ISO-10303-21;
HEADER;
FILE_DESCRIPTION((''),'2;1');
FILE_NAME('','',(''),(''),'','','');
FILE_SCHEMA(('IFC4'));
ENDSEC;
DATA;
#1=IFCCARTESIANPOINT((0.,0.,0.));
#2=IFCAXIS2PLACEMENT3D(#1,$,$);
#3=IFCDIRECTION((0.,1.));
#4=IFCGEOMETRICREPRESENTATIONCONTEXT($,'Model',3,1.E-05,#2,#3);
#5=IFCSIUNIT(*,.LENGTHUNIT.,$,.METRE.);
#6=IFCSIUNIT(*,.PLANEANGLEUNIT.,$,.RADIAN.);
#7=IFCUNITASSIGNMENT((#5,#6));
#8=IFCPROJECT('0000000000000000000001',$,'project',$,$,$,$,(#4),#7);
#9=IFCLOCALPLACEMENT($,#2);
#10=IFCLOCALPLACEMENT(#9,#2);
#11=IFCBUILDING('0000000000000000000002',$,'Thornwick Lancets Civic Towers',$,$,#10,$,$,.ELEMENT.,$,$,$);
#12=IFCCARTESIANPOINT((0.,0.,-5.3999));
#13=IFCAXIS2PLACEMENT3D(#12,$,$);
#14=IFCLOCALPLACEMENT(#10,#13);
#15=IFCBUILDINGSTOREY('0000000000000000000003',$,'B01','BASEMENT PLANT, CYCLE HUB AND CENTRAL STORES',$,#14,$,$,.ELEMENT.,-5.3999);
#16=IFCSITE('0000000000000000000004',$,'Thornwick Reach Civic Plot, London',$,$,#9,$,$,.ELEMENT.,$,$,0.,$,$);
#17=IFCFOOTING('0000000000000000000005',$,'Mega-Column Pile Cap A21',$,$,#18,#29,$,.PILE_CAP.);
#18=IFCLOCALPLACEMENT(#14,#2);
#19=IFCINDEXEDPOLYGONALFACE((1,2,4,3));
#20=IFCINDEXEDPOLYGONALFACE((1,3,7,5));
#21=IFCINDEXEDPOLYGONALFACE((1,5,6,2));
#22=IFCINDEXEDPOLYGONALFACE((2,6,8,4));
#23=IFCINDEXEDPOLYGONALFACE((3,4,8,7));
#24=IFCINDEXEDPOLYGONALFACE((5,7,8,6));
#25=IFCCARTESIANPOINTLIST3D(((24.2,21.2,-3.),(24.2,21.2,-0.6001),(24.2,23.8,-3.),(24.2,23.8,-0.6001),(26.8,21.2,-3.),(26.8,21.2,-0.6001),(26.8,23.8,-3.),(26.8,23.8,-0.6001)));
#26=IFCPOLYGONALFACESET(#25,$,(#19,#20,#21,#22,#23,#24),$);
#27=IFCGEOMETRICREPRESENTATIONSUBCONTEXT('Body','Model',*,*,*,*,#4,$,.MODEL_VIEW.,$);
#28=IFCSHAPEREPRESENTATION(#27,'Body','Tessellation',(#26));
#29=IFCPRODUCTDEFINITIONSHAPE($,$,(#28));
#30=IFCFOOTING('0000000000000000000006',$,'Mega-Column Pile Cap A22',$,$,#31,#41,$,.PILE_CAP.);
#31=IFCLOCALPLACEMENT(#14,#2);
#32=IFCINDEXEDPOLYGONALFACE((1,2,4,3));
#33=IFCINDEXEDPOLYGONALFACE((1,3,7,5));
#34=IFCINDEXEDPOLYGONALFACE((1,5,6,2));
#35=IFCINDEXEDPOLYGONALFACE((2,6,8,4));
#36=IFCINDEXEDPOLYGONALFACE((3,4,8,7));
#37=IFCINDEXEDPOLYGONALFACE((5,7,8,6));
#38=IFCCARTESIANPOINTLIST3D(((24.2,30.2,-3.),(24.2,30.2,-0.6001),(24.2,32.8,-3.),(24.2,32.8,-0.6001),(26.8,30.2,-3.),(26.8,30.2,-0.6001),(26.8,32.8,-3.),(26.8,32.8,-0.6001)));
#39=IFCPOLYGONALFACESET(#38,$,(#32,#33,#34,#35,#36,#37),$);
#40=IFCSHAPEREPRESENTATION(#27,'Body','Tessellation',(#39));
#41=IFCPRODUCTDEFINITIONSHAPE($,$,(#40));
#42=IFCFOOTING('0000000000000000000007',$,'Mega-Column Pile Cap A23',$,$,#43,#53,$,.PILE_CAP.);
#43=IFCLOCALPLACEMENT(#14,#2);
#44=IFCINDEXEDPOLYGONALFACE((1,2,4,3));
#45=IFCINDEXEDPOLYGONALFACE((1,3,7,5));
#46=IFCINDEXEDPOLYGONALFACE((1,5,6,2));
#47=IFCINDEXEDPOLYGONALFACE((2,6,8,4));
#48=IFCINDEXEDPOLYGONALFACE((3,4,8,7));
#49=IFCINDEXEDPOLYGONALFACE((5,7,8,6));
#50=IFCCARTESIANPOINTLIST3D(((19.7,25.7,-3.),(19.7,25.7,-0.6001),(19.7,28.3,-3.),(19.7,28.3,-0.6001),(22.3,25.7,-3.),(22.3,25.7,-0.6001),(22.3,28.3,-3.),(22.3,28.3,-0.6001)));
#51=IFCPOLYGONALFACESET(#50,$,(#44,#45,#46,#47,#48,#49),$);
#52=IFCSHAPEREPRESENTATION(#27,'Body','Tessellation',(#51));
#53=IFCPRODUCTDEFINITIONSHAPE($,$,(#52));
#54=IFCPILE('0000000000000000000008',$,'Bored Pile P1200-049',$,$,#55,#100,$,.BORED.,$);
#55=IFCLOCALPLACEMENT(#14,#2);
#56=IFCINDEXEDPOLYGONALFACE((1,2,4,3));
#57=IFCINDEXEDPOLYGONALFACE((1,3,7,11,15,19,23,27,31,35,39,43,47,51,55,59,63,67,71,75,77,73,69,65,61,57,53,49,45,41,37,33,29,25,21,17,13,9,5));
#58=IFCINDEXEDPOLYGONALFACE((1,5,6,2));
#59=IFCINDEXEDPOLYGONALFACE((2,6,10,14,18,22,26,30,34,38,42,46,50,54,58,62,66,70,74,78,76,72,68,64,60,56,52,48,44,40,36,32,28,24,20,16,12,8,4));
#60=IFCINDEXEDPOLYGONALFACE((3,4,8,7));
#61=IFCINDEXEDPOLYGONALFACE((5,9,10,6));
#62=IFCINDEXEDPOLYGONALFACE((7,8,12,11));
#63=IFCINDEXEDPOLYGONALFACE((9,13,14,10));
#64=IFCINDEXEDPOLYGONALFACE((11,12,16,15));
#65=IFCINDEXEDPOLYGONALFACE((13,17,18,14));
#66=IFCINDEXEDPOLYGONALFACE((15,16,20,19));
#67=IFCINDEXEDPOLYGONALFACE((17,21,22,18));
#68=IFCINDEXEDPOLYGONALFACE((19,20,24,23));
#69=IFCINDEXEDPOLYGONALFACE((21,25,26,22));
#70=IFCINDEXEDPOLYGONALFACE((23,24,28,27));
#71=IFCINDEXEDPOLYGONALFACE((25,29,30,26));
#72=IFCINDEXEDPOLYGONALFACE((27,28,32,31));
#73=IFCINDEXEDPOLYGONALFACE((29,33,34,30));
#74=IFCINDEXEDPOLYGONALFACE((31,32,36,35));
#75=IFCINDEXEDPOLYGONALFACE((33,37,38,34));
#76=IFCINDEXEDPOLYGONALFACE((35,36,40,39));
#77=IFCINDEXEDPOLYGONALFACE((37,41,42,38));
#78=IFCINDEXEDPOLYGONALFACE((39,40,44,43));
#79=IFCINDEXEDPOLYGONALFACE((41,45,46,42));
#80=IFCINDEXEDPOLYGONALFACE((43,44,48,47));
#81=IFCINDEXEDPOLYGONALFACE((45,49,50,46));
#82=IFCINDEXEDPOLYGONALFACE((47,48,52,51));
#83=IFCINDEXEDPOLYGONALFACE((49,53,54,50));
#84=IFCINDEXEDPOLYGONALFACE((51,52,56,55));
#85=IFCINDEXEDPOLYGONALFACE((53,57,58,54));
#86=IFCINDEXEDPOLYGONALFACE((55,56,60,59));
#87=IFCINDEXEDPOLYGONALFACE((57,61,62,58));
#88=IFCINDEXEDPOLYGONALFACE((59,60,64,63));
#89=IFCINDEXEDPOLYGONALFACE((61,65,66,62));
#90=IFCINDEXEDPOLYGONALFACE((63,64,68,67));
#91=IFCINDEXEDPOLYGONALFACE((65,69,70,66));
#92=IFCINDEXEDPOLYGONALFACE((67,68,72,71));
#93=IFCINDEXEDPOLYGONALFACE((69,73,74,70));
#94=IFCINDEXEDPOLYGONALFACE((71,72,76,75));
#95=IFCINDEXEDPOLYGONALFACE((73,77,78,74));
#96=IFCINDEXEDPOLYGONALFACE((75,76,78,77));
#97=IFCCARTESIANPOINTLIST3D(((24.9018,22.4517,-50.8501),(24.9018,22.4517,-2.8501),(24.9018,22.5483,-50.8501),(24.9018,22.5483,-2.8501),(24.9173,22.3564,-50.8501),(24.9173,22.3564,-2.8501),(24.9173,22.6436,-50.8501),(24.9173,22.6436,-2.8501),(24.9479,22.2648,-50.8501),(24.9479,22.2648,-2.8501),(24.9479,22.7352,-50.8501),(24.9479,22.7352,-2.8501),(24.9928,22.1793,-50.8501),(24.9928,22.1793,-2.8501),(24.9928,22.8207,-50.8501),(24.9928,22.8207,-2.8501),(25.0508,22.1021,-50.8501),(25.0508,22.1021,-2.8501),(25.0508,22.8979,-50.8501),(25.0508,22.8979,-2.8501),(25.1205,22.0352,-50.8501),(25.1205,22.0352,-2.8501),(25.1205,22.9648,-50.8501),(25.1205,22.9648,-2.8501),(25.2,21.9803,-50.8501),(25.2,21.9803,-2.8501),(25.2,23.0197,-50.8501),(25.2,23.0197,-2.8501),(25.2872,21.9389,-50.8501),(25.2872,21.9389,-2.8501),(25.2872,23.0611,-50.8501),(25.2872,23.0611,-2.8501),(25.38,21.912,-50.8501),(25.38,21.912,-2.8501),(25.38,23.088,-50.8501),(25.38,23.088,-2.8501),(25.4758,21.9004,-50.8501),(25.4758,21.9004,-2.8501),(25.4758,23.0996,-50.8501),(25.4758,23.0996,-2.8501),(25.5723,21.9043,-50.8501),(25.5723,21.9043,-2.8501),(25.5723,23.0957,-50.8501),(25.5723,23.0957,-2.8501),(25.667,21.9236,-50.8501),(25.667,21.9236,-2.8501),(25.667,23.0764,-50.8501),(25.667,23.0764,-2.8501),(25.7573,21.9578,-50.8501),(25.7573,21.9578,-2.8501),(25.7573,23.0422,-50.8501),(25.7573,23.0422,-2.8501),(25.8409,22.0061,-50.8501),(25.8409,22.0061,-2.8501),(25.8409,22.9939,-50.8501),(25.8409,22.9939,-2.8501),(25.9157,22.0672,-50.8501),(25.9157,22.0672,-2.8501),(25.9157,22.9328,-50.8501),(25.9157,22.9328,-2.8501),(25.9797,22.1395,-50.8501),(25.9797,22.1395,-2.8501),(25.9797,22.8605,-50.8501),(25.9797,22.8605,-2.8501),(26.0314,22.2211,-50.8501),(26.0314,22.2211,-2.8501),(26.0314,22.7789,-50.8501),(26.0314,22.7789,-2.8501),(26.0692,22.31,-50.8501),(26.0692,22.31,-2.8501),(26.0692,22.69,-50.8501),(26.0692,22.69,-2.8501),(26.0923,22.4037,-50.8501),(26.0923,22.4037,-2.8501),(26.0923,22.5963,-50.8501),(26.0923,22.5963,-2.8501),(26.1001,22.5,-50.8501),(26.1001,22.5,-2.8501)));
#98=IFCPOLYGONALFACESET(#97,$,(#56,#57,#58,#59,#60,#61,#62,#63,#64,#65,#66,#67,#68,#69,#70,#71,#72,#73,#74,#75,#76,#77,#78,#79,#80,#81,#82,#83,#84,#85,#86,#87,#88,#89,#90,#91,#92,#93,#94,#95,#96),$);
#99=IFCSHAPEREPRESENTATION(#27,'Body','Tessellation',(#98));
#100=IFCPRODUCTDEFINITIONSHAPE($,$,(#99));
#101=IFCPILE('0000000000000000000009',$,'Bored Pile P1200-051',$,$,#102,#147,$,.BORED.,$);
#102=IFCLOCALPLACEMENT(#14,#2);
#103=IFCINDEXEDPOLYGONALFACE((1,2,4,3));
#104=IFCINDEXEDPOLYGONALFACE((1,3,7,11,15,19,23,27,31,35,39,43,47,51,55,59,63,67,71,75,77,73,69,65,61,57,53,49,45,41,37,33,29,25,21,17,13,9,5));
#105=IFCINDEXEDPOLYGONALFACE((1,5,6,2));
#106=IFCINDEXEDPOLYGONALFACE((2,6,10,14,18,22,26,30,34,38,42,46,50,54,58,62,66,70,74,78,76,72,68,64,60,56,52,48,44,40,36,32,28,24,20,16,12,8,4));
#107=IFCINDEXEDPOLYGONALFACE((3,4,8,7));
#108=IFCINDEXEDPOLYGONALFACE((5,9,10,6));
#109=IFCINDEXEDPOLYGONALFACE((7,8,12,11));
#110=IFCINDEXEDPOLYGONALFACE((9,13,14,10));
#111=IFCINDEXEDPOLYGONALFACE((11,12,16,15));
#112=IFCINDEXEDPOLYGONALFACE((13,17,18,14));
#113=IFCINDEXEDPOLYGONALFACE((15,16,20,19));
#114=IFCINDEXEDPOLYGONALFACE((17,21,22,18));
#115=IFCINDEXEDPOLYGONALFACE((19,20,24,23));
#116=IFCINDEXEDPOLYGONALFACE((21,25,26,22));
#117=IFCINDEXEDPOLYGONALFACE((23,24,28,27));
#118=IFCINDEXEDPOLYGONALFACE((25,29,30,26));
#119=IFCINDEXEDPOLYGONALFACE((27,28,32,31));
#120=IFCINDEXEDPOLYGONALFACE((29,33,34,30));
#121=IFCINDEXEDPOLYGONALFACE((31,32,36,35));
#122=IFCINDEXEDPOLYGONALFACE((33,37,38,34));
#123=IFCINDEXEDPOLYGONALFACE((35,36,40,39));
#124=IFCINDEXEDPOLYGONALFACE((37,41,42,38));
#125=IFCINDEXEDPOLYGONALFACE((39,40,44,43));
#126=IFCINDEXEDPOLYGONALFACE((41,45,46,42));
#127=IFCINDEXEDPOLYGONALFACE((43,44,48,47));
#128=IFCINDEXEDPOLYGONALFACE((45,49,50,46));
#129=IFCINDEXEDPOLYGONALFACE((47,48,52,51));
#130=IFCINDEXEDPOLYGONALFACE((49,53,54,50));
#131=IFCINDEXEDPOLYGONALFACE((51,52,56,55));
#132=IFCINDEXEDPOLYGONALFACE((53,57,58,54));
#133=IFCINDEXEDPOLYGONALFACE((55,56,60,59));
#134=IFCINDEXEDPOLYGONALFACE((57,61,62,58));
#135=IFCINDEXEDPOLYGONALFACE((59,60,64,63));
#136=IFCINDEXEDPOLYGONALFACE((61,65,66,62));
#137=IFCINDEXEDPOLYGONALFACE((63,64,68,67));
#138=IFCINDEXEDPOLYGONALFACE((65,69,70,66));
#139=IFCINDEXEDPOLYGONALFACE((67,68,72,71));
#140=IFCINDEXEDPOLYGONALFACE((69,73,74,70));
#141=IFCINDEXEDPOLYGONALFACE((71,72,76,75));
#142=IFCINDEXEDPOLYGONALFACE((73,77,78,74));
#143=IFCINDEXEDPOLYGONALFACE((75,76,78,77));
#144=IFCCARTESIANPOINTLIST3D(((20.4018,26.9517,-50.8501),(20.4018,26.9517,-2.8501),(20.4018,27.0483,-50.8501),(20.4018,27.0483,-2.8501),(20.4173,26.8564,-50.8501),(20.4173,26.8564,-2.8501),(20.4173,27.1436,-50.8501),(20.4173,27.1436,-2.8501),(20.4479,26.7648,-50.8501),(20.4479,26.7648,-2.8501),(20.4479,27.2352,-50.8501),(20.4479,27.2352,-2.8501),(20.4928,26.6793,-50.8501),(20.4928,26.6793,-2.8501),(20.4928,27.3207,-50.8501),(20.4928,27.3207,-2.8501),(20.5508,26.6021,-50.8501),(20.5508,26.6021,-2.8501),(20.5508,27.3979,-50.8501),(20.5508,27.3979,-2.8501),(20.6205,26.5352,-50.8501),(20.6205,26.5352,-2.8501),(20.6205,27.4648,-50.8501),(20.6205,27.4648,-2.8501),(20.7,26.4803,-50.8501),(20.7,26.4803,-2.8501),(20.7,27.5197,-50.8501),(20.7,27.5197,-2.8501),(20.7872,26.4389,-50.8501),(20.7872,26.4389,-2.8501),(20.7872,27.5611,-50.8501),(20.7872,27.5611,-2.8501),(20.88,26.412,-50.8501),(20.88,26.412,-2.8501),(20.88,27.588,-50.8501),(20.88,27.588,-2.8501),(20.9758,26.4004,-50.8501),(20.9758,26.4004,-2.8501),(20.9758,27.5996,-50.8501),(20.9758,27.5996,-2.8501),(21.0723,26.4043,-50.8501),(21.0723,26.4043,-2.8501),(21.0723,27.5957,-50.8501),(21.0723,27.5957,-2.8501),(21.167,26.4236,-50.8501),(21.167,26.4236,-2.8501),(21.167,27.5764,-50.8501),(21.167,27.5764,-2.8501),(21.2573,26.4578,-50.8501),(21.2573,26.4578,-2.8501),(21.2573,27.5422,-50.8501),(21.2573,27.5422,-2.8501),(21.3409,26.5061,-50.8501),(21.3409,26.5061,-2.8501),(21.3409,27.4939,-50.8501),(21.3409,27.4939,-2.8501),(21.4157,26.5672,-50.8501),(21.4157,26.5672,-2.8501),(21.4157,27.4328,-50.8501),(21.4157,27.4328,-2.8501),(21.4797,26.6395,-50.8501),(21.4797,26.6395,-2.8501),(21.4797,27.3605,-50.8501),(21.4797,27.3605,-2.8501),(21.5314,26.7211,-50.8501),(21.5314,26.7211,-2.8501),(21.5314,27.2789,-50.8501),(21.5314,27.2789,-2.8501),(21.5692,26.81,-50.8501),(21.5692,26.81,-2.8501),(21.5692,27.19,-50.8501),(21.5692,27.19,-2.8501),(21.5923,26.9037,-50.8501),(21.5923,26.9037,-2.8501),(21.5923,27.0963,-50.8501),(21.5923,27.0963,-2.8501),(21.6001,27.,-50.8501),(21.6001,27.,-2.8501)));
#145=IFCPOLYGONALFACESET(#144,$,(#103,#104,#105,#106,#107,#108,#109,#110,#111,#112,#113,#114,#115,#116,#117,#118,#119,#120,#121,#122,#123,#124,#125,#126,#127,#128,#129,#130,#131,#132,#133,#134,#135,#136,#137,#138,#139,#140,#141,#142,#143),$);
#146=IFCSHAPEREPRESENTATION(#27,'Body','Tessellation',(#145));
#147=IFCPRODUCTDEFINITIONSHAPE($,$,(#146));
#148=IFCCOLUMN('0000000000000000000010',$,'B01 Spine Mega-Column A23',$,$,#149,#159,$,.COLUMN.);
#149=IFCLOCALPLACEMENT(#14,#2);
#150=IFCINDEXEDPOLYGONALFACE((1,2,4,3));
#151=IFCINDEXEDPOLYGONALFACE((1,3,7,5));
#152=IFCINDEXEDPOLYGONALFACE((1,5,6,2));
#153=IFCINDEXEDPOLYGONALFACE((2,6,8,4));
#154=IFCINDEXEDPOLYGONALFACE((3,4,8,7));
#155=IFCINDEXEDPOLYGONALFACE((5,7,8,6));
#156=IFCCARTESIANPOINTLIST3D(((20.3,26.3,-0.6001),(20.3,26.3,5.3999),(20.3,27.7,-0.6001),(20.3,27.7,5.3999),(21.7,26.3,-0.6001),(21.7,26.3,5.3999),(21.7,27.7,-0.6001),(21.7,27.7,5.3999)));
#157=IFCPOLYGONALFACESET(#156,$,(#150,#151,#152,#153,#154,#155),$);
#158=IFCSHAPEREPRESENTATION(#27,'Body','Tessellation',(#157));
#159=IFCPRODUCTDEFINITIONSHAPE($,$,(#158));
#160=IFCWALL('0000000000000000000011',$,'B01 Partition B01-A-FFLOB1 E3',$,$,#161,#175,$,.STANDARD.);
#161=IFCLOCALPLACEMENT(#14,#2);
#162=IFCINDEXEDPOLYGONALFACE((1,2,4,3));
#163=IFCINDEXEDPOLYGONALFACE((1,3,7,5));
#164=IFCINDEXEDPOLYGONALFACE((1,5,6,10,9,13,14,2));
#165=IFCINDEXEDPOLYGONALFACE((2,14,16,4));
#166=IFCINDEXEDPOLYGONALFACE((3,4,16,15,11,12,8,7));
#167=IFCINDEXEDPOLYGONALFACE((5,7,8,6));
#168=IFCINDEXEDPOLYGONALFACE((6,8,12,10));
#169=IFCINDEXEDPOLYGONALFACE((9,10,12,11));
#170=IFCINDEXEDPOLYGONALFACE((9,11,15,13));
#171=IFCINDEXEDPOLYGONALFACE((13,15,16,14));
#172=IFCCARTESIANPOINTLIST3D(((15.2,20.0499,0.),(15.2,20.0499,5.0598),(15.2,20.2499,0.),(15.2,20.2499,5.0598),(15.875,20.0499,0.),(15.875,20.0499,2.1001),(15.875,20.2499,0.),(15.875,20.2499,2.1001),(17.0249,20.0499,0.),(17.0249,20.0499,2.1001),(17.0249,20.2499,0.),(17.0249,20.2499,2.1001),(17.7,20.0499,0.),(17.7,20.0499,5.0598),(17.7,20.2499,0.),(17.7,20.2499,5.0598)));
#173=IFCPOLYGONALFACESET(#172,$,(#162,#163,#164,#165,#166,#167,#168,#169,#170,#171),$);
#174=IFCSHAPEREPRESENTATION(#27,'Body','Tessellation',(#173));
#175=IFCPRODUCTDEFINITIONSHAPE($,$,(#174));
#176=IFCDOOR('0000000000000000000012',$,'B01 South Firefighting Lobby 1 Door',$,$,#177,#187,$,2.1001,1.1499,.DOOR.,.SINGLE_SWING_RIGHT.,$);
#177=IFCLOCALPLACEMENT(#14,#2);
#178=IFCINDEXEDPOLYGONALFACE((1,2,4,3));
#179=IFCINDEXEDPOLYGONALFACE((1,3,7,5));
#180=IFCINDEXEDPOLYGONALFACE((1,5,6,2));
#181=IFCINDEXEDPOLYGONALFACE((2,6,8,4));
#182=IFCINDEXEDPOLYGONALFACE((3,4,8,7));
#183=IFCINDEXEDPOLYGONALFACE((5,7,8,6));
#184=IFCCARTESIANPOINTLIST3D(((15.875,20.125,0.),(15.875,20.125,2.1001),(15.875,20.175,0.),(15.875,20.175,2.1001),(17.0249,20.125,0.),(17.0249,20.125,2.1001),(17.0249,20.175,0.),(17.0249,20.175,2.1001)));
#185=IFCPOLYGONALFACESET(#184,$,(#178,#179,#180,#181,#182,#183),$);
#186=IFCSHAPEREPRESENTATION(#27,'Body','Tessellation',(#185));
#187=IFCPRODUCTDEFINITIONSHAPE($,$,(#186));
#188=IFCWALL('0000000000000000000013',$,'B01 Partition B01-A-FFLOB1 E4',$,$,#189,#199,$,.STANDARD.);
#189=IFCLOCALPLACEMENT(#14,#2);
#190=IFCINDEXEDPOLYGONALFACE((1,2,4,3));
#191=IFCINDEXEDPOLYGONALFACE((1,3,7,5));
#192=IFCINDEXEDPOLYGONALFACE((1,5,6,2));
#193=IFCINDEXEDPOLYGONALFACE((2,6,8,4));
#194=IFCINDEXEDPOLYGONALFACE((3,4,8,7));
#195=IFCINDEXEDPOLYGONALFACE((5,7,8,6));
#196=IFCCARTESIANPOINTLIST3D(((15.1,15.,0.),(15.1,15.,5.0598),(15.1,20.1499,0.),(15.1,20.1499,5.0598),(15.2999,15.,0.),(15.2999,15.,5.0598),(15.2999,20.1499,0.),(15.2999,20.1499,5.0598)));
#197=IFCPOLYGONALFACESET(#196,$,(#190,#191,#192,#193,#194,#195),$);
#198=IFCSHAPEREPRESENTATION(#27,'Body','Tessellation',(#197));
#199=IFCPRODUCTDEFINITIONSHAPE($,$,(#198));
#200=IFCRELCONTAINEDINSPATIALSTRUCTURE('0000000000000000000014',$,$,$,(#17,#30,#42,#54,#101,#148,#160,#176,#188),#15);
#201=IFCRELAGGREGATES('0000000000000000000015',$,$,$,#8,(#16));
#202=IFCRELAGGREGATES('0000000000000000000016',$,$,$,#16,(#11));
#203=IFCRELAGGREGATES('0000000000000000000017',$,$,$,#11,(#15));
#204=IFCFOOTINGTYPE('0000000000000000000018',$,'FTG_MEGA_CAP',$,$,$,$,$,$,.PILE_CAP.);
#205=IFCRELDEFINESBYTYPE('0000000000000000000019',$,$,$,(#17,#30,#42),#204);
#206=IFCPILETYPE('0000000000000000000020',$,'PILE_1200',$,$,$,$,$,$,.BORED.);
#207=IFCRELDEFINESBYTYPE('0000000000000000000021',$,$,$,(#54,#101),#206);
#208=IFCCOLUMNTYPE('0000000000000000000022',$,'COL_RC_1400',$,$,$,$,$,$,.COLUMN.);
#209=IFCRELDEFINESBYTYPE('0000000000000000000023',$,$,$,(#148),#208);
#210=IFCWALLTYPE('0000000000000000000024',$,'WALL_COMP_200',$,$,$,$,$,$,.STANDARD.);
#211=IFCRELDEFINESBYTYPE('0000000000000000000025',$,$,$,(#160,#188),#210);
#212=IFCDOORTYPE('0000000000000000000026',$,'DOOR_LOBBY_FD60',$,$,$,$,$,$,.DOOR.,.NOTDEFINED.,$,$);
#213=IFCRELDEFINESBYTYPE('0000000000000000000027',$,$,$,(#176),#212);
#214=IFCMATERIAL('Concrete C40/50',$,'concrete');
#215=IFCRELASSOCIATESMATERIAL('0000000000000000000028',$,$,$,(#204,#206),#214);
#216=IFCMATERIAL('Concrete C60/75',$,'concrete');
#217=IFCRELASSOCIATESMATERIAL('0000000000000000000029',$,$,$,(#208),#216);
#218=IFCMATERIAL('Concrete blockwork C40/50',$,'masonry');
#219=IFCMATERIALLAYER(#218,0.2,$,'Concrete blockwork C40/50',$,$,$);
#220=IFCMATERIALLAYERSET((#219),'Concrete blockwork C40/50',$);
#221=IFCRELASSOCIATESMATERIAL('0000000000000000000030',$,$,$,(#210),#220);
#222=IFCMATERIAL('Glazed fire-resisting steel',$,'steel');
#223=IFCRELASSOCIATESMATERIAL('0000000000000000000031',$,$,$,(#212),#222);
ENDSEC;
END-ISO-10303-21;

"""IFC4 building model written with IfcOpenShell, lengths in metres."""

from ifc_helpers import new_model, si_unit, direction, frame, frame_2d, origin, origin_2d, place, context, subcontext, project, spatial, rectangle, circle, extrude, material, layer, layer_set, material_profile, profile_set, type_object, element, fill, save


model = new_model("IFC4")

# Units and contexts
model_context = context("Model", 3, precision=1e-05, world=origin(), true_north=direction((0.0, 1.0)))
body_context = subcontext(model_context, "Body", "Model", "MODEL_VIEW")
ifc_project = project(units=[si_unit("LENGTHUNIT", "METRE"), si_unit("PLANEANGLEUNIT", "RADIAN")], contexts=[model_context])

# Site, building, storey
site_placement = place(None, origin())
site = spatial("IfcSite", under=ifc_project, at=site_placement, Name="Thornwick Reach Civic Plot, London", CompositionType="ELEMENT", RefElevation=0.0)
building_placement = place(site_placement, origin())
building = spatial("IfcBuilding", under=site, at=building_placement, Name="Thornwick Lancets Civic Towers", CompositionType="ELEMENT")
storey_placement = place(building_placement, frame((0.0, 0.0, -5.3999)))
storey = spatial("IfcBuildingStorey", under=building, at=storey_placement, Name="B01", Description="BASEMENT PLANT, CYCLE HUB AND CENTRAL STORES", CompositionType="ELEMENT", Elevation=-5.3999)

# Footings
ifc_material_1 = material(Name="Concrete C40/50", Category="concrete")
footing_type = type_object("IfcFootingType", Name="FTG_MEGA_CAP", PredefinedType="PILE_CAP", material=ifc_material_1)
for number, where, z_axis, x_axis, name in (
    (1, (25.5, 22.5, -3.0), (0.0, 0.0, 1.0), (1.0, 0.0, 0.0), "Mega-Column Pile Cap A21"),
    (2, (25.5, 31.5, -3.0), (0.0, 0.0, 1.0), (1.0, 0.0, 0.0), "Mega-Column Pile Cap A22"),
    (3, (21.0, 27.0, -3.0), (0.0, 0.0, 1.0), (1.0, 0.0, 0.0), "Mega-Column Pile Cap A23"),
):
    element("IfcFooting", number, at=place(storey_placement, frame(where, z_axis=z_axis, x_axis=x_axis)), inside=storey, type_object=footing_type, Name=name, PredefinedType="PILE_CAP", context=body_context, shape_type="SweptSolid", body=[
        extrude(rectangle(XDim=2.6001, YDim=2.6001, at=origin_2d()), origin(), (0.0, 0.0, 1.0), 2.3999),
    ])

# Piles
ifc_material_profile_1 = material_profile(ifc_material_1, circle(Radius=0.6001, at=origin_2d()), Name="PILE D1200")
ifc_profile_set_1 = profile_set([ifc_material_profile_1], Name="Concrete C40/50")
pile_type = type_object("IfcPileType", Name="PILE_1200", PredefinedType="BORED", material=ifc_profile_set_1)
for number, where, z_axis, x_axis, name in (
    (4, (25.5, 22.5, -2.8501), (0.0, 0.0, -1.0), (1.0, 0.0, 0.0), "Bored Pile P1200-049"),
    (5, (21.0, 27.0, -2.8501), (0.0, 0.0, -1.0), (1.0, 0.0, 0.0), "Bored Pile P1200-051"),
):
    element("IfcPile", number, at=place(storey_placement, frame(where, z_axis=z_axis, x_axis=x_axis)), inside=storey, type_object=pile_type, Name=name, PredefinedType="BORED", context=body_context, shape_type="SweptSolid", body=[
        extrude(circle(Radius=0.6001, at=origin_2d()), origin(), (0.0, 0.0, 1.0), 48.0),
    ])

# Column
ifc_material_2 = material(Name="Concrete C60/75", Category="concrete")
ifc_material_profile_2 = material_profile(ifc_material_2, rectangle(XDim=1.3999, YDim=1.3999, at=origin_2d()), Name="RC 1400x1400")
ifc_profile_set_2 = profile_set([ifc_material_profile_2], Name="Concrete C60/75")
column_type = type_object("IfcColumnType", Name="COL_RC_1400", PredefinedType="COLUMN", material=ifc_profile_set_2)
column_placement = place(storey_placement, frame((21.0, 27.0, -0.6001), z_axis=(0.0, 0.0, 1.0), x_axis=(1.0, 0.0, 0.0)))
element("IfcColumn", 6, at=column_placement, inside=storey, type_object=column_type, Name="B01 Spine Mega-Column A23", PredefinedType="COLUMN", context=body_context, shape_type="SweptSolid", body=[
    extrude(rectangle(XDim=1.3999, YDim=1.3999, at=origin_2d()), origin(), (0.0, 0.0, 1.0), 6.0),
])

# Wall, opening, door
ifc_material_3 = material(Name="Concrete blockwork C40/50", Category="masonry")
ifc_layer_1 = layer(ifc_material_3, 0.2, Name="Concrete blockwork C40/50")
ifc_layer_set_1 = layer_set([ifc_layer_1], Name="Concrete blockwork C40/50")
wall_type_1 = type_object("IfcWallType", Name="WALL_COMP_200", PredefinedType="STANDARD", material=ifc_layer_set_1)
wall_1_placement = place(storey_placement, frame((17.7, 20.1499, 0.0), z_axis=(0.0, 0.0, 1.0), x_axis=(-1.0, 0.0, 0.0)))
wall_1 = element("IfcWall", 7, at=wall_1_placement, inside=storey, type_object=wall_type_1, Name="B01 Partition B01-A-FFLOB1 E3", PredefinedType="STANDARD", context=body_context, shape_type="SweptSolid", body=[
    extrude(rectangle(XDim=2.5, YDim=0.2, at=frame_2d((1.25, 0.0))), origin(), (0.0, 0.0, 1.0), 5.0598),
])
opening_1_placement = place(wall_1_placement, frame((0.675, 0.0, 0.0)))
opening_1 = element("IfcOpeningElement", 8, at=opening_1_placement, cuts=wall_1, PredefinedType="OPENING", context=body_context, shape_type="SweptSolid", body=[
    extrude(rectangle(XDim=1.1499, YDim=2.1001, at=frame_2d((0.575, 1.05))), frame((0.0, 0.1099, 0.0), z_axis=(0.0, -1.0, 0.0), x_axis=(1.0, 0.0, 0.0)), (0.0, 0.0, 1.0), 0.22),
])
ifc_material_4 = material(Name="Glazed fire-resisting steel", Category="steel")
door_type_1 = type_object("IfcDoorType", Name="DOOR_LOBBY_FD60", OperationType="NOTDEFINED", PredefinedType="DOOR", material=ifc_material_4)
door_1_placement = place(opening_1_placement, origin())
door_1 = element("IfcDoor", 9, at=door_1_placement, inside=storey, type_object=door_type_1, Name="B01 South Firefighting Lobby 1 Door", OperationType="SINGLE_SWING_RIGHT", OverallHeight=2.1001, OverallWidth=1.1499, PredefinedType="DOOR", context=body_context, shape_type="SweptSolid", body=[
    extrude(rectangle(XDim=1.1499, YDim=2.1001, at=frame_2d((0.575, 1.05))), frame((0.0, 0.0249, 0.0), z_axis=(0.0, -1.0, 0.0), x_axis=(1.0, 0.0, 0.0)), (0.0, 0.0, 1.0), 0.05),
])
fill(opening_1, door_1)

# Wall
wall_2_placement = place(storey_placement, frame((15.2, 20.1499, 0.0), z_axis=(0.0, 0.0, 1.0), x_axis=(0.0, -1.0, 0.0)))
element("IfcWall", 10, at=wall_2_placement, inside=storey, type_object=wall_type_1, Name="B01 Partition B01-A-FFLOB1 E4", PredefinedType="STANDARD", context=body_context, shape_type="SweptSolid", body=[
    extrude(rectangle(XDim=5.1499, YDim=0.2, at=frame_2d((2.575, 0.0))), origin(), (0.0, 0.0, 1.0), 5.0598),
])

save(model, "model.ifc")
